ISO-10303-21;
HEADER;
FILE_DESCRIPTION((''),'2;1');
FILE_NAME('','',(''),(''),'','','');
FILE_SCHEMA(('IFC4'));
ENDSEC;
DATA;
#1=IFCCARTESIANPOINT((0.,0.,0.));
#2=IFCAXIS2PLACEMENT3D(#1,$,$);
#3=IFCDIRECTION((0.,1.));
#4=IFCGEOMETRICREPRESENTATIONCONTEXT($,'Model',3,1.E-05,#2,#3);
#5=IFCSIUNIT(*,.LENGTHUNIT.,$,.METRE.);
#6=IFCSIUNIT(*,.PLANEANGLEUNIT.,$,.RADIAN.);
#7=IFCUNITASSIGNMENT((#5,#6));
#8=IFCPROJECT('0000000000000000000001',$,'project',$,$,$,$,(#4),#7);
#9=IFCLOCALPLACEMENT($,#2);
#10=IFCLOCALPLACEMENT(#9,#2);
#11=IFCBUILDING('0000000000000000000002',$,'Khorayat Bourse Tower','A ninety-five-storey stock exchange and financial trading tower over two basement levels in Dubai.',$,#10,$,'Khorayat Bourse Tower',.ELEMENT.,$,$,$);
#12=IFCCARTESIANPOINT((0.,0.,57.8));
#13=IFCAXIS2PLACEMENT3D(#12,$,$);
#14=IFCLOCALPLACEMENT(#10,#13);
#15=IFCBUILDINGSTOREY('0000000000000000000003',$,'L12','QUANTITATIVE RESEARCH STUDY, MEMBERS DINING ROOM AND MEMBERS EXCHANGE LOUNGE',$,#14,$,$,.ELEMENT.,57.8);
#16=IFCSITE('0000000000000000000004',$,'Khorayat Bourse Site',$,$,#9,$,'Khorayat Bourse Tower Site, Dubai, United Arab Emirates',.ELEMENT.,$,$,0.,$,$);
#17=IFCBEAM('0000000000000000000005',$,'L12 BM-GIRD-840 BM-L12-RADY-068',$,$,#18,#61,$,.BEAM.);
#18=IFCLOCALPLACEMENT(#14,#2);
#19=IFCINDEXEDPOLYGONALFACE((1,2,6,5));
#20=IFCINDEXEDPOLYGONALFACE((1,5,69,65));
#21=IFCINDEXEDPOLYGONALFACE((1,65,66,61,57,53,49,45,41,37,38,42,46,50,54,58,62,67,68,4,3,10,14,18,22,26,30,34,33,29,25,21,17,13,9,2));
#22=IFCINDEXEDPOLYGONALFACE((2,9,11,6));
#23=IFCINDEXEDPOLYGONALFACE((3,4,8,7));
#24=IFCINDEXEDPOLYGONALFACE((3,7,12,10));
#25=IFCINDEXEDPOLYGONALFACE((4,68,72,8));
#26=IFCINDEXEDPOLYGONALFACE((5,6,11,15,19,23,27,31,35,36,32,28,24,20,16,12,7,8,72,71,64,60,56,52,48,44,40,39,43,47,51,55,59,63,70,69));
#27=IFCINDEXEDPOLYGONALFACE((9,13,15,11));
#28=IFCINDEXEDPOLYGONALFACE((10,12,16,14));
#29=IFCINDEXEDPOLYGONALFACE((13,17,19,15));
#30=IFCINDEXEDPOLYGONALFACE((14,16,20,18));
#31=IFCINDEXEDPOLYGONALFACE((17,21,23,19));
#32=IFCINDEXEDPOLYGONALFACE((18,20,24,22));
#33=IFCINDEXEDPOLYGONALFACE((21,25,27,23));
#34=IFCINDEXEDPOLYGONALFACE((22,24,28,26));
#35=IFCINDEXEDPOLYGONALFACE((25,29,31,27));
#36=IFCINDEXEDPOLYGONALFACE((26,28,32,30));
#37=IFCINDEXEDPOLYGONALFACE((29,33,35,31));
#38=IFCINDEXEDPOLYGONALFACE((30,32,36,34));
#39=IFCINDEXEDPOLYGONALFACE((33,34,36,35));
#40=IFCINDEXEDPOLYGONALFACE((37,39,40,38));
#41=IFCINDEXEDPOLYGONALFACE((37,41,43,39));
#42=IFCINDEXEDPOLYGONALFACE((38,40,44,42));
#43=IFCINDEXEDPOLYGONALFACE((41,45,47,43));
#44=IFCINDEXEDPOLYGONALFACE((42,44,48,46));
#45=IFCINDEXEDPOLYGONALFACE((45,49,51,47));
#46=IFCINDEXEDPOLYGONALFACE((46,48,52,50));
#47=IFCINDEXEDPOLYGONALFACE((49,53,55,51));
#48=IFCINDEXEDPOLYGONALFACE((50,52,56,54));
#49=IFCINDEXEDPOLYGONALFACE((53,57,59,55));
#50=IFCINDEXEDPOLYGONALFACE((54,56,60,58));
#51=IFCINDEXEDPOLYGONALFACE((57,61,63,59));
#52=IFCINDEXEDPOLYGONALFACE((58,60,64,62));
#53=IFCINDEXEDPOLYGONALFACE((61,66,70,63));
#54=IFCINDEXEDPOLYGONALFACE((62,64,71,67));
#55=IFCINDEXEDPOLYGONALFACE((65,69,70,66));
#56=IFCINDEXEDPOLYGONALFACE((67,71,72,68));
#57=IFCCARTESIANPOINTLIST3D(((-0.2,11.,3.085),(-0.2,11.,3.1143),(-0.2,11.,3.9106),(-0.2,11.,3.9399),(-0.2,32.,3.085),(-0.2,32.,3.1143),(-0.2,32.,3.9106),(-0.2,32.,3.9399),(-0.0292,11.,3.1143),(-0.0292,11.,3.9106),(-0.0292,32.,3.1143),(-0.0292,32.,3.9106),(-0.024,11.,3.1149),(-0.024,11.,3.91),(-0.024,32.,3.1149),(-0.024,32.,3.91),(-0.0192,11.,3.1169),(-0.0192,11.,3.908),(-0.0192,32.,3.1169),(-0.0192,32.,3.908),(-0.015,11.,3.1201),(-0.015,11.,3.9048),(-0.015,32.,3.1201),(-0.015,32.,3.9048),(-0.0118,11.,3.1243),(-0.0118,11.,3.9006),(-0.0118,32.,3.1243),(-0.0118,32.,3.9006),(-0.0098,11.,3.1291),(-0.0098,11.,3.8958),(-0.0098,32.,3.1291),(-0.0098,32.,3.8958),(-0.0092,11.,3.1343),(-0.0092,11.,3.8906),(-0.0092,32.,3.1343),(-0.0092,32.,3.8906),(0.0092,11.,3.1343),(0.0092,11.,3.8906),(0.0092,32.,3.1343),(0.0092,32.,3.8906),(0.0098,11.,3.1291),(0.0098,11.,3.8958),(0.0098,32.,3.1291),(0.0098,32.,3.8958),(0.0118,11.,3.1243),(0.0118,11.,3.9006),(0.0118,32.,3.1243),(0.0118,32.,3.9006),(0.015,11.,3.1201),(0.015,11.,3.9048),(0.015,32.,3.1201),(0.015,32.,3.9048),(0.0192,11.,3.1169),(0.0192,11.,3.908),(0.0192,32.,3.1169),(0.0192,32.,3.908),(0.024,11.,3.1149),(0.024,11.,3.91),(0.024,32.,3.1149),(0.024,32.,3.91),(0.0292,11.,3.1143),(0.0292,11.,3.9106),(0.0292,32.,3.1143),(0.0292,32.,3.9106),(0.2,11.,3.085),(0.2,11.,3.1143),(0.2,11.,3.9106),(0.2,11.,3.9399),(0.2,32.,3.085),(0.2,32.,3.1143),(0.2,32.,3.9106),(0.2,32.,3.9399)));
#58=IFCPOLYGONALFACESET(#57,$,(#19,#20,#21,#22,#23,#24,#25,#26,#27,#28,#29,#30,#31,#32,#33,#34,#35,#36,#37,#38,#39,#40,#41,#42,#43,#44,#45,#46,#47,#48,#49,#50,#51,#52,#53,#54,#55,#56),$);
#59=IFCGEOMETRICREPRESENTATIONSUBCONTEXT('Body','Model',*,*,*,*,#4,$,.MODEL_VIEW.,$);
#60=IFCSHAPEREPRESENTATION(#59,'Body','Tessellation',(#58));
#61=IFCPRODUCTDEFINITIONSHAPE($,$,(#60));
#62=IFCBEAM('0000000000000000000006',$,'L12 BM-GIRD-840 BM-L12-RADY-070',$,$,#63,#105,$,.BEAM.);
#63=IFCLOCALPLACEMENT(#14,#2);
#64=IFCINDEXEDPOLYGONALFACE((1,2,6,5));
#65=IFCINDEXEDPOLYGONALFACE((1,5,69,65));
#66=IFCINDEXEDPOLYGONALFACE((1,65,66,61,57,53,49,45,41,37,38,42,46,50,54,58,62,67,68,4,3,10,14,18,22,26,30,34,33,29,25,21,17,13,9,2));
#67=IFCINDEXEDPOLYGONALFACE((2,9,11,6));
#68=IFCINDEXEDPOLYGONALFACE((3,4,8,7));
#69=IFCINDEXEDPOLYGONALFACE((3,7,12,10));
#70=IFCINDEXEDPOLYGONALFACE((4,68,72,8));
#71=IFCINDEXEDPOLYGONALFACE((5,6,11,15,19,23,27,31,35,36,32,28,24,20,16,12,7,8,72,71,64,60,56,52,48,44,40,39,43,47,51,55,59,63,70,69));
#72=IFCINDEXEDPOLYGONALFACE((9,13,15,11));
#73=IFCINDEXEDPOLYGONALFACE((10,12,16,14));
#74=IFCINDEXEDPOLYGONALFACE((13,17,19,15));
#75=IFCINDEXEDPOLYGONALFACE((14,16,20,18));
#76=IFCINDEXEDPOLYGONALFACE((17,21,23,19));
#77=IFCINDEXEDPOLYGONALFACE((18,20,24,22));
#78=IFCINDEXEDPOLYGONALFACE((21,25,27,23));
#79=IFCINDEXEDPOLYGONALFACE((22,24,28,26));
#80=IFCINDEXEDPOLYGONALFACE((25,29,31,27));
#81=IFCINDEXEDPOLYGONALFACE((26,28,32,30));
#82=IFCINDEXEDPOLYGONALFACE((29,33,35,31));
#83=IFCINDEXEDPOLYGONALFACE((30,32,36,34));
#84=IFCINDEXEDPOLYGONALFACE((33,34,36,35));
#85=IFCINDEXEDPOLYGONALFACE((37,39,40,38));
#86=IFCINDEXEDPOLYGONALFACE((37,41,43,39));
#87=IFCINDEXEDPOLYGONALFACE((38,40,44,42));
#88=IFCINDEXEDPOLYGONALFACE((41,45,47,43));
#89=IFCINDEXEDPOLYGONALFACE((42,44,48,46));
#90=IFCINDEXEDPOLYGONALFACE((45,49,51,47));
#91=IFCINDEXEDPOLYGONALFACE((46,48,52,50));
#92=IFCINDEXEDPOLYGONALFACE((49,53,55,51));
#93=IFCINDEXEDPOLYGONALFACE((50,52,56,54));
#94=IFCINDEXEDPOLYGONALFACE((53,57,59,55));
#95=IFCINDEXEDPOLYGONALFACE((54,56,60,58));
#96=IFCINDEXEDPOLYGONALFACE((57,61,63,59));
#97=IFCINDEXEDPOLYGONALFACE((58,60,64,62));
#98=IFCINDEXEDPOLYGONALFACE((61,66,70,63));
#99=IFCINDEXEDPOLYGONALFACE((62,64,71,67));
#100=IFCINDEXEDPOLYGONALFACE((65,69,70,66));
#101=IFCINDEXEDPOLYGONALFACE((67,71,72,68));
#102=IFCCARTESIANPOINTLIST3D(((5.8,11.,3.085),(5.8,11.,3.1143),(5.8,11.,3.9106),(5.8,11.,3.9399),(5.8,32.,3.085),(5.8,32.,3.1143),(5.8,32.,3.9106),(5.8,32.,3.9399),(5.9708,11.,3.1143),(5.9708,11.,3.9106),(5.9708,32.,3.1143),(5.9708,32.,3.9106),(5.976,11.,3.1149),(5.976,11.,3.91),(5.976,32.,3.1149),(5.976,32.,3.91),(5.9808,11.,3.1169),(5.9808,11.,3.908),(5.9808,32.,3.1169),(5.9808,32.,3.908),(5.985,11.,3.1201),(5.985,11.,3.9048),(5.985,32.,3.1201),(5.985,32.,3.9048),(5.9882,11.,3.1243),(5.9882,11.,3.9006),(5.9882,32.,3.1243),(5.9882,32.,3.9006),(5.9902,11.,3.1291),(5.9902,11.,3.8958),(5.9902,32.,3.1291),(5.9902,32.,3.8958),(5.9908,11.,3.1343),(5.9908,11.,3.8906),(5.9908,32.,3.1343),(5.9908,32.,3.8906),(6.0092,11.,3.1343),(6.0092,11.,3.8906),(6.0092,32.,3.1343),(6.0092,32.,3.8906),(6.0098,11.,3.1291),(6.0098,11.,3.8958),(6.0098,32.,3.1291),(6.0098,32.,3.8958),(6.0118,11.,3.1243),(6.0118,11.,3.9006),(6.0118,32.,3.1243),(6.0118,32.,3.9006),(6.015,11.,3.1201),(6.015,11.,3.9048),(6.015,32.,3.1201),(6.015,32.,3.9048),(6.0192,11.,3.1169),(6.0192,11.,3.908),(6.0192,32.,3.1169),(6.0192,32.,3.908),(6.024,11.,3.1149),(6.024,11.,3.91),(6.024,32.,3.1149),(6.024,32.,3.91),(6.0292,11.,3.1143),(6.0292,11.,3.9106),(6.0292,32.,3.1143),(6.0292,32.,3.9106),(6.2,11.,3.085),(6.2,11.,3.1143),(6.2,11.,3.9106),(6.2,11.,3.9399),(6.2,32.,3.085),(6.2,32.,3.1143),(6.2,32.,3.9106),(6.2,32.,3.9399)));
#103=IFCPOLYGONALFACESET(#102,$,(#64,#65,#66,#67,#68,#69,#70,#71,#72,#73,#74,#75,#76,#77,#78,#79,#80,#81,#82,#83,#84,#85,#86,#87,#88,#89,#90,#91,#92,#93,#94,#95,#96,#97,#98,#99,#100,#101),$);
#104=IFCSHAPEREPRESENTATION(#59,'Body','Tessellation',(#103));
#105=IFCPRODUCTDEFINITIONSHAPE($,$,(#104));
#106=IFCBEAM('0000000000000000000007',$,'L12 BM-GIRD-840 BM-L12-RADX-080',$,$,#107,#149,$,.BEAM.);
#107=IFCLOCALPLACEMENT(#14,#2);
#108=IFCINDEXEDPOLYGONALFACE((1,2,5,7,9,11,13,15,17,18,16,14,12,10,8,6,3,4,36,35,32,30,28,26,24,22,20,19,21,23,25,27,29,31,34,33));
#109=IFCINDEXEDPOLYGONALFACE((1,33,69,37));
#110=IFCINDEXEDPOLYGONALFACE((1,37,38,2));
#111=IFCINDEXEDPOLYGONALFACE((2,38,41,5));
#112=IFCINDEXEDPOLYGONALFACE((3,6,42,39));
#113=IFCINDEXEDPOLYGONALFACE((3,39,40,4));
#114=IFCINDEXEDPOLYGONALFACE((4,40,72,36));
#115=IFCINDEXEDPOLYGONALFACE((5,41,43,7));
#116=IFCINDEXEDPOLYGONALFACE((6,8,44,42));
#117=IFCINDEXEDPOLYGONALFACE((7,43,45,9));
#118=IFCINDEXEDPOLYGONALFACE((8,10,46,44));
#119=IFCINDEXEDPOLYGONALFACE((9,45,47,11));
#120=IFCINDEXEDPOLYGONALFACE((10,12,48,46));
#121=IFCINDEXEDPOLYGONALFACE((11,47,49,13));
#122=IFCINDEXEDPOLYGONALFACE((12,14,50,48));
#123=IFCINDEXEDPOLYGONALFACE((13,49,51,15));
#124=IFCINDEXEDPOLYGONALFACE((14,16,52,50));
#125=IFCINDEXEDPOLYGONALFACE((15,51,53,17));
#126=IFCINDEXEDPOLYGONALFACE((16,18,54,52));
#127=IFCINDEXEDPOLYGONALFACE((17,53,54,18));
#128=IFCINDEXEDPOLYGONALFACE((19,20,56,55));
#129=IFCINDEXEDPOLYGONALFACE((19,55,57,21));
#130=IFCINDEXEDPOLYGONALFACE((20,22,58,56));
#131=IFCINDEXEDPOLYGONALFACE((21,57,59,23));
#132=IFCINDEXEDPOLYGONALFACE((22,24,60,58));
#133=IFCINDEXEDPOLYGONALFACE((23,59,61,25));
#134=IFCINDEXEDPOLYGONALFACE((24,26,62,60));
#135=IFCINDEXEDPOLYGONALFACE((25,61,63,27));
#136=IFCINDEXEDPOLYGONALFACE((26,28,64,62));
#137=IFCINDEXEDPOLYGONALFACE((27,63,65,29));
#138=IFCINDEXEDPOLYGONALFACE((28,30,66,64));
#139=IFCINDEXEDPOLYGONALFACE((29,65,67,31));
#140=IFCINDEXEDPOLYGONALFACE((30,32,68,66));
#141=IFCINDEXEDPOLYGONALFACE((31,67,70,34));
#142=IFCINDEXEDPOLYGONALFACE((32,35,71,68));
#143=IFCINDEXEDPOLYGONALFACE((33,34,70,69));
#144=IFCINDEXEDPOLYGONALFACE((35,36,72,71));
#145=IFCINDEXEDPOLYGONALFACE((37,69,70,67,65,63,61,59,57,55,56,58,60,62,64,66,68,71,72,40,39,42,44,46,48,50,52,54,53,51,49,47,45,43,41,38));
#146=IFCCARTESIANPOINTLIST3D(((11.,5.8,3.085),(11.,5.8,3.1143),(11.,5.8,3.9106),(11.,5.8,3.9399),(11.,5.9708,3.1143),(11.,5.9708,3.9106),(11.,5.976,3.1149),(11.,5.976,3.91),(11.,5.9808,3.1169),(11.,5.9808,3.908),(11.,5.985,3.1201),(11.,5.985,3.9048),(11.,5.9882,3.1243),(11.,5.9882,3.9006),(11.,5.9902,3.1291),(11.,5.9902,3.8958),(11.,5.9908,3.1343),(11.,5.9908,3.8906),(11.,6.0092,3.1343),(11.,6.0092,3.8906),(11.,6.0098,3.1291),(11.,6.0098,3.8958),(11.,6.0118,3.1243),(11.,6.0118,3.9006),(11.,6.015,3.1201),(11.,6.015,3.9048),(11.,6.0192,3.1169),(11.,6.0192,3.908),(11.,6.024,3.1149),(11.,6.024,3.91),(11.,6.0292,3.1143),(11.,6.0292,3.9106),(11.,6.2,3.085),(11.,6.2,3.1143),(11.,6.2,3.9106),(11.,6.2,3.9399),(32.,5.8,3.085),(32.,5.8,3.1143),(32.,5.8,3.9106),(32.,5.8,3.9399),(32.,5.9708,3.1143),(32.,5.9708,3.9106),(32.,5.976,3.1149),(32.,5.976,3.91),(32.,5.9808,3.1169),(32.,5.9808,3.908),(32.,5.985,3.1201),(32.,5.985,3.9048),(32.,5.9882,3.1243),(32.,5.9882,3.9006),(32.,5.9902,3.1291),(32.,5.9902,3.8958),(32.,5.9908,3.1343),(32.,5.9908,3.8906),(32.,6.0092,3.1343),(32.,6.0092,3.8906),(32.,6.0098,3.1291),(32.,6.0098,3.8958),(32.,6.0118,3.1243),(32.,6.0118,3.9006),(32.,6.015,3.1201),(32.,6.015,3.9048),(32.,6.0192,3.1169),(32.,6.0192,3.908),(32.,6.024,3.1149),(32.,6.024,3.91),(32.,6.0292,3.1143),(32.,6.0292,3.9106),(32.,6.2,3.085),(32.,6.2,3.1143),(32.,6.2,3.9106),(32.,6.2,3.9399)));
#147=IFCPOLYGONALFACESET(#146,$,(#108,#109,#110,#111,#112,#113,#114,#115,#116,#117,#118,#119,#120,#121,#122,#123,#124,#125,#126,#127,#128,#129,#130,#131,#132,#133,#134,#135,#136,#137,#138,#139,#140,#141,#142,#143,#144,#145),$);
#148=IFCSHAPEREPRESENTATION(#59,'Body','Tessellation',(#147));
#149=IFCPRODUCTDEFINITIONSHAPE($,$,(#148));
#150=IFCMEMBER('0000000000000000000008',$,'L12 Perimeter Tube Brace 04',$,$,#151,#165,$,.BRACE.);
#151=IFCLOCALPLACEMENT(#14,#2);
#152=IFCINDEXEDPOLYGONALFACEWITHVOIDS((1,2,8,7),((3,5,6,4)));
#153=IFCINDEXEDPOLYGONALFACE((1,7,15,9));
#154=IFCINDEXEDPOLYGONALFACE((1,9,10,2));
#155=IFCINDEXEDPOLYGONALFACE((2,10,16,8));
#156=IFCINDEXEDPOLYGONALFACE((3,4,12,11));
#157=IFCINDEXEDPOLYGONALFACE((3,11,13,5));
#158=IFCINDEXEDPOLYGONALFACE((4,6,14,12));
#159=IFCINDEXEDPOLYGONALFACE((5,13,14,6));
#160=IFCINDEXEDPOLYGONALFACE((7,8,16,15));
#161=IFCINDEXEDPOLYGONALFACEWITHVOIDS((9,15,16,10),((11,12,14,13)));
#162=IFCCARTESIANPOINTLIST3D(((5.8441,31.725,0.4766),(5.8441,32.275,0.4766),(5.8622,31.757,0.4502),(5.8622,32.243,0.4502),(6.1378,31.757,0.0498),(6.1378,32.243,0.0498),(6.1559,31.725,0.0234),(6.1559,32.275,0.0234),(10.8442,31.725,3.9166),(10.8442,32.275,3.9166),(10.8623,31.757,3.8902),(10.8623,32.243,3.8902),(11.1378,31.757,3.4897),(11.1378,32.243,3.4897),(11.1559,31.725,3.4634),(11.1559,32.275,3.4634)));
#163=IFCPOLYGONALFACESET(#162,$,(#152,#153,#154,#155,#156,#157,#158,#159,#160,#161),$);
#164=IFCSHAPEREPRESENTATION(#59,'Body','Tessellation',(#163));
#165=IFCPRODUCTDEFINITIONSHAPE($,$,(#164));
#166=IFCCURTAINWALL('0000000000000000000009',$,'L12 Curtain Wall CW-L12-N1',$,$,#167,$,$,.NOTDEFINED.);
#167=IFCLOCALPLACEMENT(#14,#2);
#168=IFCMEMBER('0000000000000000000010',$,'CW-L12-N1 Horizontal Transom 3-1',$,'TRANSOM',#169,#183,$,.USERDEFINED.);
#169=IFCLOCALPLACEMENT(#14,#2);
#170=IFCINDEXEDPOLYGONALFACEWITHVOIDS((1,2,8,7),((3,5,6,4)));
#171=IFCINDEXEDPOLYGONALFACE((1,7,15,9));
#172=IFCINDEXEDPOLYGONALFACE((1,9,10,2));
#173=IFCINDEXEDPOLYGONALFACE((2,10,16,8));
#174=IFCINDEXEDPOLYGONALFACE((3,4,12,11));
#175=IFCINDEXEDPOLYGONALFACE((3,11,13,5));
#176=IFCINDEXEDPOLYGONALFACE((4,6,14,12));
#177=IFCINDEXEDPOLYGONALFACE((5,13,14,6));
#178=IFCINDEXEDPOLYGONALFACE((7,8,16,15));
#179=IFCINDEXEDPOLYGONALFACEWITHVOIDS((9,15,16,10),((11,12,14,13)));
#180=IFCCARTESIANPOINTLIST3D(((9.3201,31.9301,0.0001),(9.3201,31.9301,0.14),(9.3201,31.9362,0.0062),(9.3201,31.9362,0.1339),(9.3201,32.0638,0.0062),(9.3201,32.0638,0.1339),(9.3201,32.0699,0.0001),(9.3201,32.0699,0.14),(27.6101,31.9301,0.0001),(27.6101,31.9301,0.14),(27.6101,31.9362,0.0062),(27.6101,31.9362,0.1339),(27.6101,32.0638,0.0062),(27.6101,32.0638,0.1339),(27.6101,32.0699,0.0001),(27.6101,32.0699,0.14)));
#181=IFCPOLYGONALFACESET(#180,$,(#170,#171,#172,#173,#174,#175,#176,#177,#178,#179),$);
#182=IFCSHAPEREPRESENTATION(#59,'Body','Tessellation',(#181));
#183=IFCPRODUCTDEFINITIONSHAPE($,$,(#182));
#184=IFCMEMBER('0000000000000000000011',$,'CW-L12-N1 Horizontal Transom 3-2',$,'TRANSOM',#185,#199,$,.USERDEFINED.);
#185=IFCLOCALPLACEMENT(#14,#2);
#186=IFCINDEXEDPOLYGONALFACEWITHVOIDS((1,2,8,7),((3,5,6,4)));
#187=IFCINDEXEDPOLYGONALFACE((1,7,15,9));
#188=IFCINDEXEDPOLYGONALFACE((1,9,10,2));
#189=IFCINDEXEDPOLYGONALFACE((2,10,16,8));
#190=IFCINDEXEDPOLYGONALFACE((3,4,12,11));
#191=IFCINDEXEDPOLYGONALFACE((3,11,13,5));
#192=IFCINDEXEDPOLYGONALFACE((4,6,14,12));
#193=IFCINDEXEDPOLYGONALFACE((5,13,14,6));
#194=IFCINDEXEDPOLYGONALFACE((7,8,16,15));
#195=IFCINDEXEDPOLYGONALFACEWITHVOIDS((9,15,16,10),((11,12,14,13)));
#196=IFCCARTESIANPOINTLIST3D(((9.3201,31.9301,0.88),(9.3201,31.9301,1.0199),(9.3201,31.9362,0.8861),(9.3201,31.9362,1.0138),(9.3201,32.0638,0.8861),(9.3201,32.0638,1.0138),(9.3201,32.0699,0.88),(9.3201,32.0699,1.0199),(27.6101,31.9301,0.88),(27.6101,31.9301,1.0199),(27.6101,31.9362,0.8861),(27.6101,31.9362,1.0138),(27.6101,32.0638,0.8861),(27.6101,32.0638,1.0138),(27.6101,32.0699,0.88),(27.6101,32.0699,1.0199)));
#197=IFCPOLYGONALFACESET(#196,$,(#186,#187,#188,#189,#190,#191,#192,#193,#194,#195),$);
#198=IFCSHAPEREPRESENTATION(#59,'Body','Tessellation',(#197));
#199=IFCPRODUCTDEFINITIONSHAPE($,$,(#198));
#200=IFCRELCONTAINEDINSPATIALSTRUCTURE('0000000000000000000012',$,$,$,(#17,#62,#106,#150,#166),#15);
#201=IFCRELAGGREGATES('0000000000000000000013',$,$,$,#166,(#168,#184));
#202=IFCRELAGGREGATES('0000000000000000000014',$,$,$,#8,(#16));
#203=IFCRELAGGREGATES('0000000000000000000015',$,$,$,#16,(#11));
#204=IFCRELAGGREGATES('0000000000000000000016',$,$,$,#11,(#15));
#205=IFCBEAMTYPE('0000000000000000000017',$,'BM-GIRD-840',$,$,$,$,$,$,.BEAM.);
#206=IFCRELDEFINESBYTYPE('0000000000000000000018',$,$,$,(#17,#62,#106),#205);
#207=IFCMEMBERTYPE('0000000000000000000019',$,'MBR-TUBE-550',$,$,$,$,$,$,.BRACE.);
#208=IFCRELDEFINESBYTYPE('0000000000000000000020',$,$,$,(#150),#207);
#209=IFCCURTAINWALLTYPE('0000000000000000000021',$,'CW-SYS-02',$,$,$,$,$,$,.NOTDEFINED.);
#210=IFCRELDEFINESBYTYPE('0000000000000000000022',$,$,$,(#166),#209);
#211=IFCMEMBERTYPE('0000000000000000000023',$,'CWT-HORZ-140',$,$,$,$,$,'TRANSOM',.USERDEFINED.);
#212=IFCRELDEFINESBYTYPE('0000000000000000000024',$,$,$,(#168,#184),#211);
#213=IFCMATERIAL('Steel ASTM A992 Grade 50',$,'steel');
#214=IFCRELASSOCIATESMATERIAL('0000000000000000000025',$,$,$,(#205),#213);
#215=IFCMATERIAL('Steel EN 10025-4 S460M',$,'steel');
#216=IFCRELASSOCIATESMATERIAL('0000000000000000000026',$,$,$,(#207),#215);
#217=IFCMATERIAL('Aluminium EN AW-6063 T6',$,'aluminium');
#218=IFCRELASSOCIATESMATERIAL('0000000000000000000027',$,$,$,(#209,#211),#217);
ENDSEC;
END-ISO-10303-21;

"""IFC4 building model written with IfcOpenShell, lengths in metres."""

from ifc_helpers import new_model, si_unit, direction, frame, origin, origin_2d, place, context, subcontext, project, spatial, hollow_rectangle, i_section, extrude, source, transform, mapped, material, material_profile, profile_set, type_object, element, aggregate, save


model = new_model("IFC4")

# Units and contexts
model_context = context("Model", 3, precision=1e-05, world=origin(), true_north=direction((0.0, 1.0)))
body_context = subcontext(model_context, "Body", "Model", "MODEL_VIEW")
ifc_project = project(units=[si_unit("LENGTHUNIT", "METRE"), si_unit("PLANEANGLEUNIT", "RADIAN")], contexts=[model_context])

# Site, building, storey
site_placement = place(None, origin())
site = spatial("IfcSite", under=ifc_project, at=site_placement, Name="Khorayat Bourse Site", LongName="Khorayat Bourse Tower Site, Dubai, United Arab Emirates", CompositionType="ELEMENT", RefElevation=0.0)
building_placement = place(site_placement, origin())
building = spatial("IfcBuilding", under=site, at=building_placement, Name="Khorayat Bourse Tower", Description="A ninety-five-storey stock exchange and financial trading tower over two basement levels in Dubai.", LongName="Khorayat Bourse Tower", CompositionType="ELEMENT")
storey_placement = place(building_placement, frame((0.0, 0.0, 57.8)))
storey = spatial("IfcBuildingStorey", under=building, at=storey_placement, Name="L12", Description="QUANTITATIVE RESEARCH STUDY, MEMBERS DINING ROOM AND MEMBERS EXCHANGE LOUNGE", CompositionType="ELEMENT", Elevation=57.8)

# Shared definitions
ifc_material_1 = material(Name="Steel EN 10025-4 S460M", Category="steel")

# Beams
ifc_material_2 = material(Name="Steel ASTM A992 Grade 50", Category="steel")
ifc_material_profile_1 = material_profile(ifc_material_2, i_section(OverallWidth=0.3999, OverallDepth=0.855, WebThickness=0.0183, FlangeThickness=0.0293, FilletRadius=0.02, at=origin_2d()), Name="W840X299")
ifc_profile_set_1 = profile_set([ifc_material_profile_1], Name="Steel ASTM A992 Grade 50")
beam_type_1 = type_object("IfcBeamType", Name="BM-GIRD-840", PredefinedType="BEAM", material=ifc_profile_set_1)
shared_shape_1 = source(origin(), body_context, "Body", "SweptSolid", [
    extrude(i_section(OverallWidth=0.3999, OverallDepth=0.855, WebThickness=0.0183, FlangeThickness=0.0293, FilletRadius=0.02, at=origin_2d()), origin(), (0.0, 0.0, 1.0), 21.0),
])
for number, where, z_axis, x_axis, name in (
    (1, (0.0, 11.0, 3.5125), (0.0, 1.0, 0.0), (-1.0, 0.0, 0.0), "L12 BM-GIRD-840 BM-L12-RADY-068"),
    (2, (6.0, 11.0, 3.5125), (0.0, 1.0, 0.0), (-1.0, 0.0, 0.0), "L12 BM-GIRD-840 BM-L12-RADY-070"),
    (3, (11.0, 6.0, 3.5125), (1.0, 0.0, 0.0), (0.0, 1.0, 0.0), "L12 BM-GIRD-840 BM-L12-RADX-080"),
):
    element("IfcBeam", number, at=place(storey_placement, frame(where, z_axis=z_axis, x_axis=x_axis)), inside=storey, type_object=beam_type_1, Name=name, PredefinedType="BEAM", context=body_context, shape_type="MappedRepresentation", body=[
        mapped(shared_shape_1, transform((0.0, 0.0, 0.0), scale=1.0)),
    ])

# Member
ifc_material_profile_2 = material_profile(ifc_material_1, hollow_rectangle(XDim=0.55, YDim=0.55, WallThickness=0.032, at=origin_2d()), Name="HSS 550x550x32")
ifc_profile_set_2 = profile_set([ifc_material_profile_2], Name="Steel EN 10025-4 S460M")
member_type_1 = type_object("IfcMemberType", Name="MBR-TUBE-550", PredefinedType="BRACE", material=ifc_profile_set_2)
shared_shape_2 = source(origin(), body_context, "Body", "SweptSolid", [
    extrude(hollow_rectangle(XDim=0.55, YDim=0.55, WallThickness=0.032, at=origin_2d()), origin(), (0.0, 0.0, 1.0), 6.0691),
])
member_1_placement = place(storey_placement, frame((6.0, 32.0, 0.25), z_axis=(0.823854, 0.0, 0.566802), x_axis=(0.0, 1.0, 0.0)))
element("IfcMember", 4, at=member_1_placement, inside=storey, type_object=member_type_1, Name="L12 Perimeter Tube Brace 04", PredefinedType="BRACE", context=body_context, shape_type="MappedRepresentation", body=[
    mapped(shared_shape_2, transform((0.0, 0.0, 0.0), scale=1.0)),
])

# Curtain wall, members
ifc_material_3 = material(Name="Aluminium EN AW-6063 T6", Category="aluminium")
curtain_wall_type = type_object("IfcCurtainWallType", Name="CW-SYS-02", PredefinedType="NOTDEFINED", material=ifc_material_3)
curtain_wall_placement = place(storey_placement, origin())
curtain_wall = element("IfcCurtainWall", 5, at=curtain_wall_placement, inside=storey, type_object=curtain_wall_type, Name="L12 Curtain Wall CW-L12-N1", PredefinedType="NOTDEFINED")
ifc_material_profile_3 = material_profile(ifc_material_3, hollow_rectangle(XDim=0.1399, YDim=0.1399, WallThickness=0.0061, at=origin_2d()), Name="ALU 140x140x6")
ifc_profile_set_3 = profile_set([ifc_material_profile_3], Name="Aluminium EN AW-6063 T6")
member_type_2 = type_object("IfcMemberType", Name="CWT-HORZ-140", ElementType="TRANSOM", PredefinedType="USERDEFINED", material=ifc_profile_set_3)
shared_shape_3 = source(origin(), body_context, "Body", "SweptSolid", [
    extrude(hollow_rectangle(XDim=0.1399, YDim=0.1399, WallThickness=0.0061, at=origin_2d()), origin(), (0.0, 0.0, 1.0), 18.29),
])
member_2_placement = place(storey_placement, frame((9.3201, 32.0, 0.0701), z_axis=(1.0, 0.0, 0.0), x_axis=(0.0, 1.0, 0.0)))
member_2 = element("IfcMember", 6, at=member_2_placement, type_object=member_type_2, Name="CW-L12-N1 Horizontal Transom 3-1", ObjectType="TRANSOM", PredefinedType="USERDEFINED", context=body_context, shape_type="MappedRepresentation", body=[
    mapped(shared_shape_3, transform((0.0, 0.0, 0.0), scale=1.0)),
])
member_3_placement = place(storey_placement, frame((9.3201, 32.0, 0.95), z_axis=(1.0, 0.0, 0.0), x_axis=(0.0, 1.0, 0.0)))
member_3 = element("IfcMember", 7, at=member_3_placement, type_object=member_type_2, Name="CW-L12-N1 Horizontal Transom 3-2", ObjectType="TRANSOM", PredefinedType="USERDEFINED", context=body_context, shape_type="MappedRepresentation", body=[
    mapped(shared_shape_3, transform((0.0, 0.0, 0.0), scale=1.0)),
])

aggregate(curtain_wall, [member_2, member_3])

save(model, "model.ifc")
